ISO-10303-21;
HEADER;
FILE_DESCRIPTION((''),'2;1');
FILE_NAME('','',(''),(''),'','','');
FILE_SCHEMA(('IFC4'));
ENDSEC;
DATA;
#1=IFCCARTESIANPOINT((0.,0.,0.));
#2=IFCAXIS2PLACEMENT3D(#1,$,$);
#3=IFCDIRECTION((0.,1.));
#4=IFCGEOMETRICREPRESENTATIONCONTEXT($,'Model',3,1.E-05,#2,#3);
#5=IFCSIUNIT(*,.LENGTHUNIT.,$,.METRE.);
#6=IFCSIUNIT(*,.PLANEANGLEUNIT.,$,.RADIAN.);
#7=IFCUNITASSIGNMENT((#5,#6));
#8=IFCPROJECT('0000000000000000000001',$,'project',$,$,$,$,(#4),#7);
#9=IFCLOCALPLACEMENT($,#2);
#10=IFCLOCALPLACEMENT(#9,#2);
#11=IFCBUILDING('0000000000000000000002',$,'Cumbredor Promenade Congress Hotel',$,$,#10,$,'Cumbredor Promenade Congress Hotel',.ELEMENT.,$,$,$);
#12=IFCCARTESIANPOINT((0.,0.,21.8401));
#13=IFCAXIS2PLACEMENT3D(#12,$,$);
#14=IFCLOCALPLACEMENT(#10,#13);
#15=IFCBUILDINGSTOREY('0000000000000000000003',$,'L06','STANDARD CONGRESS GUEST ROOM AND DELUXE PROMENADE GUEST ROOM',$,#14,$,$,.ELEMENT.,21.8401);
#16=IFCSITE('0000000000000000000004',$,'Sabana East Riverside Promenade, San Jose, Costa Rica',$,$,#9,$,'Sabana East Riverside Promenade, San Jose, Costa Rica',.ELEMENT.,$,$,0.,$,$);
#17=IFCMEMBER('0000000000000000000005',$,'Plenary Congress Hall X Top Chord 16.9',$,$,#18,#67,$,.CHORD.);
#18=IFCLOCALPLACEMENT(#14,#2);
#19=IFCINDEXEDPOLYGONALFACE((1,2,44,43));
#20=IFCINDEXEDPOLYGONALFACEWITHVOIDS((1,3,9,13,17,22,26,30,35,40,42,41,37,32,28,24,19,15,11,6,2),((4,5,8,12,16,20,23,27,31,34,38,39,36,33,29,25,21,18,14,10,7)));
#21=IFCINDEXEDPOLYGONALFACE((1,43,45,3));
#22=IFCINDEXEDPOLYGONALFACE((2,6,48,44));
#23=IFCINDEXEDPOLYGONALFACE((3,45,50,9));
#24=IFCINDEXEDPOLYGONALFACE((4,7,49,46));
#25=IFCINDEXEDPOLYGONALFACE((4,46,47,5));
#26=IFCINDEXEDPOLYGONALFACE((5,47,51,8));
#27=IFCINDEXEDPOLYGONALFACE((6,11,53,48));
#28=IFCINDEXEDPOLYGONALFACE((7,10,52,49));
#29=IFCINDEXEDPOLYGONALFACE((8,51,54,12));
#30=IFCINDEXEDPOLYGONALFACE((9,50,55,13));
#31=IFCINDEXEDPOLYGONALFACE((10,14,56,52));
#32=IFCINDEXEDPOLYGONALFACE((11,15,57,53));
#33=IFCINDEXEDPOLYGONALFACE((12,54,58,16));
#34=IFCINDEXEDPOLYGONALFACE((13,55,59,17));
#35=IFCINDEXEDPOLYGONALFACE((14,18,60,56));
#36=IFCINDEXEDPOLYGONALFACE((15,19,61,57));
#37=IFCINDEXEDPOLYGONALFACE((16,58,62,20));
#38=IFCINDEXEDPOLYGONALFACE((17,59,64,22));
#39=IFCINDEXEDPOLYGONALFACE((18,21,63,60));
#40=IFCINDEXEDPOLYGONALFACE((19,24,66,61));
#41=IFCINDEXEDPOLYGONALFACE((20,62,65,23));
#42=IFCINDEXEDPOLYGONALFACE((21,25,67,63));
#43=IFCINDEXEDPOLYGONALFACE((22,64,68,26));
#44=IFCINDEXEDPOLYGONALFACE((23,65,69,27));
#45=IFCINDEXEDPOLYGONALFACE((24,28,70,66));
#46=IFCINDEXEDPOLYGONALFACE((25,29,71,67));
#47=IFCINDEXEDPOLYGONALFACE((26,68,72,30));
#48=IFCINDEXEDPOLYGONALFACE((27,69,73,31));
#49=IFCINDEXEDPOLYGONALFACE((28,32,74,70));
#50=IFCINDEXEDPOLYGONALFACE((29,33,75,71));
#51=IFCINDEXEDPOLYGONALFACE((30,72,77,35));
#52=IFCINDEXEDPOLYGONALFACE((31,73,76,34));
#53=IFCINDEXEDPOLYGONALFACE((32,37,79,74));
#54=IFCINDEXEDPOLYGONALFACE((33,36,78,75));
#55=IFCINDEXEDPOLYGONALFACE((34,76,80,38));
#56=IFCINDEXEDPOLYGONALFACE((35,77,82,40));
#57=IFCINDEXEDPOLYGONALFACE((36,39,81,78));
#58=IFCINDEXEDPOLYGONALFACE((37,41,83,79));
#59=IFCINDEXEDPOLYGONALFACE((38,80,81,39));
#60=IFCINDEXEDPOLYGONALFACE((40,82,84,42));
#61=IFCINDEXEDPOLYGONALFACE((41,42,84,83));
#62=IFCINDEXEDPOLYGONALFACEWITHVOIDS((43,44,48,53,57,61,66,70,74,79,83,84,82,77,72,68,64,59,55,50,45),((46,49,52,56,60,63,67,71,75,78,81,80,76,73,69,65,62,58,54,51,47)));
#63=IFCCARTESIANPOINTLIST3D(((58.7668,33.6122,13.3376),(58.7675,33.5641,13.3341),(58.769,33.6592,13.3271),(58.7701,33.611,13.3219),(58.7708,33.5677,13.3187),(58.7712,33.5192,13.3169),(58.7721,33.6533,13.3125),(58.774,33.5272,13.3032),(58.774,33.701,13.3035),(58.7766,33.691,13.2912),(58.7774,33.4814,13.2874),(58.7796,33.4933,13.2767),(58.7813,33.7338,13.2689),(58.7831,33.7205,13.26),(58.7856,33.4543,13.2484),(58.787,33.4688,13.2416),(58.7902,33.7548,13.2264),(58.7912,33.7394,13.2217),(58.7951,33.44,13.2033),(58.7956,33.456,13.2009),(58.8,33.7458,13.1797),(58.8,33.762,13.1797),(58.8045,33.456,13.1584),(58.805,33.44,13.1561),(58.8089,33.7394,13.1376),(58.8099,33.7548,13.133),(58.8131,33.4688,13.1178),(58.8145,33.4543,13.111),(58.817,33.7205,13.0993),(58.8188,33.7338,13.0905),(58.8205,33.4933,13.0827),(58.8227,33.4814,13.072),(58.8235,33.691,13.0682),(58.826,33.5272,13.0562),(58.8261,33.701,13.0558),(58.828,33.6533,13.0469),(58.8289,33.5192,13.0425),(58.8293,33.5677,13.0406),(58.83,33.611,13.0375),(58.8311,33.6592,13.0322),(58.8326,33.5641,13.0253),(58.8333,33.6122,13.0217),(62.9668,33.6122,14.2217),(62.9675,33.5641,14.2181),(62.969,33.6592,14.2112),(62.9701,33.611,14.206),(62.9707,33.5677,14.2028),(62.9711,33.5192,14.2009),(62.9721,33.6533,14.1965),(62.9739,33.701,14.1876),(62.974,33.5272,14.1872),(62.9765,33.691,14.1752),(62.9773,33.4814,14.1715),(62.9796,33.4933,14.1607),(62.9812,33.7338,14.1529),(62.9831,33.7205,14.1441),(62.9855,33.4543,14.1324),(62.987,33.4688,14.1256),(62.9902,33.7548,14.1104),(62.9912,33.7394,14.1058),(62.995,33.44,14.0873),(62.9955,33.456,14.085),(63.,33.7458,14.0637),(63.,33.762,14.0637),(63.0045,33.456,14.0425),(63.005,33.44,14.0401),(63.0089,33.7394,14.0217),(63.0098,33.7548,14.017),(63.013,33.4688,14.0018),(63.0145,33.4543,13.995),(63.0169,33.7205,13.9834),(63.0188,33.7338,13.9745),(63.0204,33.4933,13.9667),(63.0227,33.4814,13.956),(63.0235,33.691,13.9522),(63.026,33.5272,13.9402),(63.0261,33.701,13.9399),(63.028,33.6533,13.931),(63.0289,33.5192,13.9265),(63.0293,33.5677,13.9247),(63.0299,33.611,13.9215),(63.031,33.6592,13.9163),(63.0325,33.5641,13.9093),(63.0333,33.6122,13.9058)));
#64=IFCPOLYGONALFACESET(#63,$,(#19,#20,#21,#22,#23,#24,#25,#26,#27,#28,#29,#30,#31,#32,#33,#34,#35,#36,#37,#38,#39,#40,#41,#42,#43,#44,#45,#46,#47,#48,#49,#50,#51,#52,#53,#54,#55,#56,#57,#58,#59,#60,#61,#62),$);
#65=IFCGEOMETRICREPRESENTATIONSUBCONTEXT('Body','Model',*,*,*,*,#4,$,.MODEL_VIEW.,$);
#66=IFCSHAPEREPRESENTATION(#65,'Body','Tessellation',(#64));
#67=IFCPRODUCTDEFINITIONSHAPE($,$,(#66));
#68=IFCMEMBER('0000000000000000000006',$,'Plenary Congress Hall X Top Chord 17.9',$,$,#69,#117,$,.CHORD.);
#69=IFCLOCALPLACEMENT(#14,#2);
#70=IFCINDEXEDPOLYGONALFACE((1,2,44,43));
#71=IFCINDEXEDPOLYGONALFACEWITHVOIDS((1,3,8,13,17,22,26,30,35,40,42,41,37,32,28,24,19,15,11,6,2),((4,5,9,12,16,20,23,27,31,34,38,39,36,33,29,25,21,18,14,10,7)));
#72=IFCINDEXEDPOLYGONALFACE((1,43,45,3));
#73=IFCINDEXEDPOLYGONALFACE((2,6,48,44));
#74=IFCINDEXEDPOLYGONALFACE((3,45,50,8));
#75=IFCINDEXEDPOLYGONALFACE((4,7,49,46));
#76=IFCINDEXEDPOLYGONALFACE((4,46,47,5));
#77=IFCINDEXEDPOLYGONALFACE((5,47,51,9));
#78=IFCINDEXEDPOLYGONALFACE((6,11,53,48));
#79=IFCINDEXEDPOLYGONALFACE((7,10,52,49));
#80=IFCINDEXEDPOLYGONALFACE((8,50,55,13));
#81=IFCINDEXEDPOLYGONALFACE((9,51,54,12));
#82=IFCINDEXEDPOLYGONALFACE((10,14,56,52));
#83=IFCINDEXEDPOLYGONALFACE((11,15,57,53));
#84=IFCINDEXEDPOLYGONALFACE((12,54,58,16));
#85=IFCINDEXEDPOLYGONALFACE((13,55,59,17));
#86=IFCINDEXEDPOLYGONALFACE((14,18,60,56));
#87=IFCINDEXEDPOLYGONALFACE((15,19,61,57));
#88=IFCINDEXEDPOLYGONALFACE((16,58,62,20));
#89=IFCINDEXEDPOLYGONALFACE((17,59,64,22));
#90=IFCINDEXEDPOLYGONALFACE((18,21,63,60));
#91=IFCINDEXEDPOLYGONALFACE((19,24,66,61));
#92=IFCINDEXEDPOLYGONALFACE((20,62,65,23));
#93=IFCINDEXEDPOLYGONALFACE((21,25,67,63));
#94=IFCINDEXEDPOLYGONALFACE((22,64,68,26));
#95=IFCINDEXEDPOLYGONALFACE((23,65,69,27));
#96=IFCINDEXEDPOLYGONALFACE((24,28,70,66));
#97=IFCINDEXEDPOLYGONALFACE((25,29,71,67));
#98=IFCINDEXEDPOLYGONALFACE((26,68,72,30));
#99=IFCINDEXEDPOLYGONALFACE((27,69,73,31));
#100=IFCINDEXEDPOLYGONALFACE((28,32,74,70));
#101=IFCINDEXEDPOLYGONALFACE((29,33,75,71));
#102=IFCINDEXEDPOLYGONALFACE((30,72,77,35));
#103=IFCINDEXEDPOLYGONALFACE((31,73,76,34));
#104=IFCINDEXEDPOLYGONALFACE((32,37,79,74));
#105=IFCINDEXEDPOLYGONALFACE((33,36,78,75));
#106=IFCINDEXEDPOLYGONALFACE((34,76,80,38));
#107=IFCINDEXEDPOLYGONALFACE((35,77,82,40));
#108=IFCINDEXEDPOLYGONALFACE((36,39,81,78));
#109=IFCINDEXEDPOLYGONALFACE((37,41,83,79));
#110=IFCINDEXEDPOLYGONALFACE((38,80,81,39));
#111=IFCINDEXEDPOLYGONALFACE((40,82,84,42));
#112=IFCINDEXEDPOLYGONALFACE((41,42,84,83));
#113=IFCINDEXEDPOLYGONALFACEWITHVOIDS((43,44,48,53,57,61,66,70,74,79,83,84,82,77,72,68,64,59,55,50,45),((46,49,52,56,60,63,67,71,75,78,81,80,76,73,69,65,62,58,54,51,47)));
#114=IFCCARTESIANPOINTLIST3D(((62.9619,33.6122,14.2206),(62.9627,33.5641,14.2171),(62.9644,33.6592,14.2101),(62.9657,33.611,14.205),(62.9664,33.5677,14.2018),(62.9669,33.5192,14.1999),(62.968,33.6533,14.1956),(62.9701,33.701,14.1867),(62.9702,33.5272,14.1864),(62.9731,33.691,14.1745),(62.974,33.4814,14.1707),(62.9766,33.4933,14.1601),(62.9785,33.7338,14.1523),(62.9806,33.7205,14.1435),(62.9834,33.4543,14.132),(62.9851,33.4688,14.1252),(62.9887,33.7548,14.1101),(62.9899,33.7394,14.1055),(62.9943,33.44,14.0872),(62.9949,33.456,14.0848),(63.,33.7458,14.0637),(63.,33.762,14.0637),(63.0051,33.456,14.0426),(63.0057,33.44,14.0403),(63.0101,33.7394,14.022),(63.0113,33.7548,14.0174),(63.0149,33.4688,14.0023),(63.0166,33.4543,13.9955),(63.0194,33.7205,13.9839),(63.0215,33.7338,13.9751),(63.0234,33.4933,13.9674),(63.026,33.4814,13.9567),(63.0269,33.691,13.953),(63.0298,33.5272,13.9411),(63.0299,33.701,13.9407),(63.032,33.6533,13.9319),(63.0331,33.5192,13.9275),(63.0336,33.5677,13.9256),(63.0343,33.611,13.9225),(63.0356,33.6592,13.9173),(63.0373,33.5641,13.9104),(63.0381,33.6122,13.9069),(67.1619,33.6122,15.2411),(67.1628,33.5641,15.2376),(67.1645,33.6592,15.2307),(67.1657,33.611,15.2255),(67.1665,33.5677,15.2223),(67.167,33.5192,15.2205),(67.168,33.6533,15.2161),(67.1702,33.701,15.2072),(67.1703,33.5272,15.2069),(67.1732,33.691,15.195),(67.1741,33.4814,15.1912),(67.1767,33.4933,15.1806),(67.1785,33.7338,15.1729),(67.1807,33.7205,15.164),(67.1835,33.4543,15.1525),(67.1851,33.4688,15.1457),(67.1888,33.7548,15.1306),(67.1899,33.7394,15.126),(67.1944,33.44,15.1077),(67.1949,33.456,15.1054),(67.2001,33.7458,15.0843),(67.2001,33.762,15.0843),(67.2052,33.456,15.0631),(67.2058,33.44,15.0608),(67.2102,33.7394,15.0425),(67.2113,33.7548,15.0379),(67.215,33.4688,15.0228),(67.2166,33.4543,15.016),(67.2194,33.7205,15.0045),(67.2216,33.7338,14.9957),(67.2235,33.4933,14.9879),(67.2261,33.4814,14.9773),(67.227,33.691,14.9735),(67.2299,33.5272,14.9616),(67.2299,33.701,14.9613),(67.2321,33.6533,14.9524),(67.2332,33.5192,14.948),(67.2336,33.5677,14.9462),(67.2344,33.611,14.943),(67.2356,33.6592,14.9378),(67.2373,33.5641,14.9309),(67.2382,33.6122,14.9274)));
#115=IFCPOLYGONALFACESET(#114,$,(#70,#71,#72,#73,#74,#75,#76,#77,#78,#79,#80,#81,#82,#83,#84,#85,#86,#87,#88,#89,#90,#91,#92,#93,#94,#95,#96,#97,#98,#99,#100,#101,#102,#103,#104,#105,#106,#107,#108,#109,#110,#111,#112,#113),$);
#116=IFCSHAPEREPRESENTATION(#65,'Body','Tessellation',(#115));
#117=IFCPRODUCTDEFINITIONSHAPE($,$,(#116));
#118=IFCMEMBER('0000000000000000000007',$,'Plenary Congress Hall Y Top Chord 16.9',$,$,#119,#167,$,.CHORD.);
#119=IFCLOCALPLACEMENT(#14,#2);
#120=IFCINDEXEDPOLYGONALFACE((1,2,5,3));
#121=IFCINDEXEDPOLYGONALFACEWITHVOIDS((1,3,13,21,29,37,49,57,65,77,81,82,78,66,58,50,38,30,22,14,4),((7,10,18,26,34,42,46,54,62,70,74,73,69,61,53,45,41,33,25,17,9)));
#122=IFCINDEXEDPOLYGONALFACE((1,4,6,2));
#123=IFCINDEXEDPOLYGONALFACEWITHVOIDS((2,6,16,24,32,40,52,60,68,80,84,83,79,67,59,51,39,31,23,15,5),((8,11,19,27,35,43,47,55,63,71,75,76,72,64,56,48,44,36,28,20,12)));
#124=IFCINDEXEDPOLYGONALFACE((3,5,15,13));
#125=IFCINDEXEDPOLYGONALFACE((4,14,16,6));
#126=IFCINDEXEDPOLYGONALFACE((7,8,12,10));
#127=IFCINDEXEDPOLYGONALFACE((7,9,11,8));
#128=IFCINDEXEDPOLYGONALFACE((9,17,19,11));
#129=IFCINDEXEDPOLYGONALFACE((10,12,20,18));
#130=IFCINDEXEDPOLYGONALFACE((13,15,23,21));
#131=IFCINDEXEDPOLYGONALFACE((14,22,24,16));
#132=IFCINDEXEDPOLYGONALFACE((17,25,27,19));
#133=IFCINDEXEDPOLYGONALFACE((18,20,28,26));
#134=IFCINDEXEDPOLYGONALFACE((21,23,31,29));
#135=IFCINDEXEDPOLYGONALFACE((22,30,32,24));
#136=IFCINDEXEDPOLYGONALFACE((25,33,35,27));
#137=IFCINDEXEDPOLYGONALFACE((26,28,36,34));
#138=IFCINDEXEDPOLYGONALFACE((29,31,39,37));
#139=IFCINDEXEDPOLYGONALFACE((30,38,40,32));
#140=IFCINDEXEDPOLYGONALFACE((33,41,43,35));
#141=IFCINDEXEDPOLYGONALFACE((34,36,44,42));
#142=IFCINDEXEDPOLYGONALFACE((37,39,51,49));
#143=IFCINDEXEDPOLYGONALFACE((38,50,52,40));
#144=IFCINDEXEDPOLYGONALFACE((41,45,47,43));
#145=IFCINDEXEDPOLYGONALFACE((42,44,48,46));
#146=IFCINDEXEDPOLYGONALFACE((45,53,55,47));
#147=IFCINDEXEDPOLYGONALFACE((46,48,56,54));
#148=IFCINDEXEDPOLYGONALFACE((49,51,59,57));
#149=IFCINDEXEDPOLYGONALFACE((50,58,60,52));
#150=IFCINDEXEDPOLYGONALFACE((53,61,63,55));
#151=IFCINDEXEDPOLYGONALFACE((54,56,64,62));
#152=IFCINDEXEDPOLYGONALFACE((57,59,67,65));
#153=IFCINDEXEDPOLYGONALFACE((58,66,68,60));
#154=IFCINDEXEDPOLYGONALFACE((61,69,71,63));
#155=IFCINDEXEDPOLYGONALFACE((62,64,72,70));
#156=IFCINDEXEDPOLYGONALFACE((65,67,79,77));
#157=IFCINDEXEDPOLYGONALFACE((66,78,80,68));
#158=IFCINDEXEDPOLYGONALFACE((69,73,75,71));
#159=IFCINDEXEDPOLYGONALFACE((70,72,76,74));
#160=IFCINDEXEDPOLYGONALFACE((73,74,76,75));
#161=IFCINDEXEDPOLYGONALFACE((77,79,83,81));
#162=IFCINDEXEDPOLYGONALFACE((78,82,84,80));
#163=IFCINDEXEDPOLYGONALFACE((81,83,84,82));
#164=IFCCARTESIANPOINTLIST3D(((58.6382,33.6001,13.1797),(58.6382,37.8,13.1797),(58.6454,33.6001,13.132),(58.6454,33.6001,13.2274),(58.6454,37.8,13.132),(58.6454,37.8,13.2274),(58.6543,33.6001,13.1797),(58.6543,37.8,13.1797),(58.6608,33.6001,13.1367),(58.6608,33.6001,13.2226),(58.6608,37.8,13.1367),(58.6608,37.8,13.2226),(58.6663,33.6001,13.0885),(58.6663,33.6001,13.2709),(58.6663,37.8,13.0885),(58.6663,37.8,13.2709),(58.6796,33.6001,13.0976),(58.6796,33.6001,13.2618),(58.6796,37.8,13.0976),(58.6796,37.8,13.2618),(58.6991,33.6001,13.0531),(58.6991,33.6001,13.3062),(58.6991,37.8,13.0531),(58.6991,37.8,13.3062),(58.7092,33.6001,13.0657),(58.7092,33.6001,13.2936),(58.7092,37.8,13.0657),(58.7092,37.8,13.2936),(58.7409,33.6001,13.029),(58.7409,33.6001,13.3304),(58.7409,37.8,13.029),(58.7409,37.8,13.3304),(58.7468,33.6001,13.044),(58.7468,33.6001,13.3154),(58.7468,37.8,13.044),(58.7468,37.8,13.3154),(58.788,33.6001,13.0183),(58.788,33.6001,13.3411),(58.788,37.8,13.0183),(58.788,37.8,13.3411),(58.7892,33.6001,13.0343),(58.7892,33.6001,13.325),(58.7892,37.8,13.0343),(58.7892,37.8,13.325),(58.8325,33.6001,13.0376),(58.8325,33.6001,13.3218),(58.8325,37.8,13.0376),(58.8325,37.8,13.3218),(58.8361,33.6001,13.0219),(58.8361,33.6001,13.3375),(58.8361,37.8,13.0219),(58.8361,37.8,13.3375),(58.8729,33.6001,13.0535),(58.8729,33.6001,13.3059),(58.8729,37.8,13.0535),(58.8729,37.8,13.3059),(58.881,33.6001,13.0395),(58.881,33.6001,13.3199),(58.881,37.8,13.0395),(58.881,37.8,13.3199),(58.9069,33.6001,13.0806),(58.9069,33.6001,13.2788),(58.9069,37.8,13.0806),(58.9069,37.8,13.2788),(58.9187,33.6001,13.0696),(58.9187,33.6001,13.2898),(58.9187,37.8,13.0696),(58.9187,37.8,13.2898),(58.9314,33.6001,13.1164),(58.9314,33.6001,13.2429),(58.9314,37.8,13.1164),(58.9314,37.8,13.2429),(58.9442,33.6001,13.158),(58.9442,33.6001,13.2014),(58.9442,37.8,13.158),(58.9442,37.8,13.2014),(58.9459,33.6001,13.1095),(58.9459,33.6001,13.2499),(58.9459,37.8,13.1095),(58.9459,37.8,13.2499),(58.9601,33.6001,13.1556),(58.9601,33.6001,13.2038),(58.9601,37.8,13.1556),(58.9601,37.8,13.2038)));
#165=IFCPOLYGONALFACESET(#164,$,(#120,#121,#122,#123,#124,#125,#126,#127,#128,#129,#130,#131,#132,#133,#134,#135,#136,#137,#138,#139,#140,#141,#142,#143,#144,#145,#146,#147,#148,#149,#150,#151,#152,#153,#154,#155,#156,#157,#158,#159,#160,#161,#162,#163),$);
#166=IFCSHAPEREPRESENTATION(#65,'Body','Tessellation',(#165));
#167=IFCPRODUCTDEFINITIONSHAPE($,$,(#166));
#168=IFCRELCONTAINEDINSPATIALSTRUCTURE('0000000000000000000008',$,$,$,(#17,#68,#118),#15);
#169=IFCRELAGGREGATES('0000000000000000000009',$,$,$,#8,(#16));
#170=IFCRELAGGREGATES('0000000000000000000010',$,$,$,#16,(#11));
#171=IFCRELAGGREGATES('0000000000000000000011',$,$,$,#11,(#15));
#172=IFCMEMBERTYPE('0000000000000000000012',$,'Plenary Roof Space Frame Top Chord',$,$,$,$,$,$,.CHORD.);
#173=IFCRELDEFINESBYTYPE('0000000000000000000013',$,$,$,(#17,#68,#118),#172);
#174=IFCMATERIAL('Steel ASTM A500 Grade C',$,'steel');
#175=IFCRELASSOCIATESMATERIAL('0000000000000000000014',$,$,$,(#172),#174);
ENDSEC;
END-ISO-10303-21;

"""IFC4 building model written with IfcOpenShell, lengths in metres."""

from ifc_helpers import new_model, si_unit, direction, frame, origin, origin_2d, place, context, subcontext, project, spatial, hollow_circle, extrude, material, material_profile, profile_set, type_object, element, save


model = new_model("IFC4")

# Units and contexts
model_context = context("Model", 3, precision=1e-05, world=origin(), true_north=direction((0.0, 1.0)))
body_context = subcontext(model_context, "Body", "Model", "MODEL_VIEW")
ifc_project = project(units=[si_unit("LENGTHUNIT", "METRE"), si_unit("PLANEANGLEUNIT", "RADIAN")], contexts=[model_context])

# Site, building, storey
site_placement = place(None, origin())
site = spatial("IfcSite", under=ifc_project, at=site_placement, Name="Sabana East Riverside Promenade, San Jose, Costa Rica", LongName="Sabana East Riverside Promenade, San Jose, Costa Rica", CompositionType="ELEMENT", RefElevation=0.0)
building_placement = place(site_placement, origin())
building = spatial("IfcBuilding", under=site, at=building_placement, Name="Cumbredor Promenade Congress Hotel", LongName="Cumbredor Promenade Congress Hotel", CompositionType="ELEMENT")
storey_placement = place(building_placement, frame((0.0, 0.0, 21.8401)))
storey = spatial("IfcBuildingStorey", under=building, at=storey_placement, Name="L06", Description="STANDARD CONGRESS GUEST ROOM AND DELUXE PROMENADE GUEST ROOM", CompositionType="ELEMENT", Elevation=21.8401)

# Members
ifc_material_1 = material(Name="Steel ASTM A500 Grade C", Category="steel")
ifc_material_profile_1 = material_profile(ifc_material_1, hollow_circle(Radius=0.1619, WallThickness=0.0161, at=origin_2d()), Name="CHS 323.9x16")
ifc_profile_set_1 = profile_set([ifc_material_profile_1], Name="Steel ASTM A500 Grade C")
member_type_1 = type_object("IfcMemberType", Name="Plenary Roof Space Frame Top Chord", PredefinedType="CHORD", material=ifc_profile_set_1)
member_1_placement = place(storey_placement, frame((58.8, 33.6001, 13.1797), z_axis=(0.978558, 0.0, 0.205973), x_axis=(0.0, 1.0, 0.0)))
element("IfcMember", 1, at=member_1_placement, inside=storey, type_object=member_type_1, Name="Plenary Congress Hall X Top Chord 16.9", PredefinedType="CHORD", context=body_context, shape_type="SweptSolid", body=[
    extrude(hollow_circle(Radius=0.1619, WallThickness=0.0161, at=origin_2d()), origin(), (0.0, 0.0, 1.0), 4.292),
])
member_2_placement = place(storey_placement, frame((63.0, 33.6001, 14.0637), z_axis=(0.971726, 0.0, 0.236111), x_axis=(0.0, 1.0, 0.0)))
element("IfcMember", 2, at=member_2_placement, inside=storey, type_object=member_type_1, Name="Plenary Congress Hall X Top Chord 17.9", PredefinedType="CHORD", context=body_context, shape_type="SweptSolid", body=[
    extrude(hollow_circle(Radius=0.1619, WallThickness=0.0161, at=origin_2d()), origin(), (0.0, 0.0, 1.0), 4.3223),
])
member_3_placement = place(storey_placement, frame((58.8, 33.6001, 13.1797), z_axis=(0.0, 1.0, 0.0), x_axis=(-1.0, 0.0, 0.0)))
element("IfcMember", 3, at=member_3_placement, inside=storey, type_object=member_type_1, Name="Plenary Congress Hall Y Top Chord 16.9", PredefinedType="CHORD", context=body_context, shape_type="SweptSolid", body=[
    extrude(hollow_circle(Radius=0.1619, WallThickness=0.0161, at=origin_2d()), origin(), (0.0, 0.0, 1.0), 4.2),
])

save(model, "model.ifc")
